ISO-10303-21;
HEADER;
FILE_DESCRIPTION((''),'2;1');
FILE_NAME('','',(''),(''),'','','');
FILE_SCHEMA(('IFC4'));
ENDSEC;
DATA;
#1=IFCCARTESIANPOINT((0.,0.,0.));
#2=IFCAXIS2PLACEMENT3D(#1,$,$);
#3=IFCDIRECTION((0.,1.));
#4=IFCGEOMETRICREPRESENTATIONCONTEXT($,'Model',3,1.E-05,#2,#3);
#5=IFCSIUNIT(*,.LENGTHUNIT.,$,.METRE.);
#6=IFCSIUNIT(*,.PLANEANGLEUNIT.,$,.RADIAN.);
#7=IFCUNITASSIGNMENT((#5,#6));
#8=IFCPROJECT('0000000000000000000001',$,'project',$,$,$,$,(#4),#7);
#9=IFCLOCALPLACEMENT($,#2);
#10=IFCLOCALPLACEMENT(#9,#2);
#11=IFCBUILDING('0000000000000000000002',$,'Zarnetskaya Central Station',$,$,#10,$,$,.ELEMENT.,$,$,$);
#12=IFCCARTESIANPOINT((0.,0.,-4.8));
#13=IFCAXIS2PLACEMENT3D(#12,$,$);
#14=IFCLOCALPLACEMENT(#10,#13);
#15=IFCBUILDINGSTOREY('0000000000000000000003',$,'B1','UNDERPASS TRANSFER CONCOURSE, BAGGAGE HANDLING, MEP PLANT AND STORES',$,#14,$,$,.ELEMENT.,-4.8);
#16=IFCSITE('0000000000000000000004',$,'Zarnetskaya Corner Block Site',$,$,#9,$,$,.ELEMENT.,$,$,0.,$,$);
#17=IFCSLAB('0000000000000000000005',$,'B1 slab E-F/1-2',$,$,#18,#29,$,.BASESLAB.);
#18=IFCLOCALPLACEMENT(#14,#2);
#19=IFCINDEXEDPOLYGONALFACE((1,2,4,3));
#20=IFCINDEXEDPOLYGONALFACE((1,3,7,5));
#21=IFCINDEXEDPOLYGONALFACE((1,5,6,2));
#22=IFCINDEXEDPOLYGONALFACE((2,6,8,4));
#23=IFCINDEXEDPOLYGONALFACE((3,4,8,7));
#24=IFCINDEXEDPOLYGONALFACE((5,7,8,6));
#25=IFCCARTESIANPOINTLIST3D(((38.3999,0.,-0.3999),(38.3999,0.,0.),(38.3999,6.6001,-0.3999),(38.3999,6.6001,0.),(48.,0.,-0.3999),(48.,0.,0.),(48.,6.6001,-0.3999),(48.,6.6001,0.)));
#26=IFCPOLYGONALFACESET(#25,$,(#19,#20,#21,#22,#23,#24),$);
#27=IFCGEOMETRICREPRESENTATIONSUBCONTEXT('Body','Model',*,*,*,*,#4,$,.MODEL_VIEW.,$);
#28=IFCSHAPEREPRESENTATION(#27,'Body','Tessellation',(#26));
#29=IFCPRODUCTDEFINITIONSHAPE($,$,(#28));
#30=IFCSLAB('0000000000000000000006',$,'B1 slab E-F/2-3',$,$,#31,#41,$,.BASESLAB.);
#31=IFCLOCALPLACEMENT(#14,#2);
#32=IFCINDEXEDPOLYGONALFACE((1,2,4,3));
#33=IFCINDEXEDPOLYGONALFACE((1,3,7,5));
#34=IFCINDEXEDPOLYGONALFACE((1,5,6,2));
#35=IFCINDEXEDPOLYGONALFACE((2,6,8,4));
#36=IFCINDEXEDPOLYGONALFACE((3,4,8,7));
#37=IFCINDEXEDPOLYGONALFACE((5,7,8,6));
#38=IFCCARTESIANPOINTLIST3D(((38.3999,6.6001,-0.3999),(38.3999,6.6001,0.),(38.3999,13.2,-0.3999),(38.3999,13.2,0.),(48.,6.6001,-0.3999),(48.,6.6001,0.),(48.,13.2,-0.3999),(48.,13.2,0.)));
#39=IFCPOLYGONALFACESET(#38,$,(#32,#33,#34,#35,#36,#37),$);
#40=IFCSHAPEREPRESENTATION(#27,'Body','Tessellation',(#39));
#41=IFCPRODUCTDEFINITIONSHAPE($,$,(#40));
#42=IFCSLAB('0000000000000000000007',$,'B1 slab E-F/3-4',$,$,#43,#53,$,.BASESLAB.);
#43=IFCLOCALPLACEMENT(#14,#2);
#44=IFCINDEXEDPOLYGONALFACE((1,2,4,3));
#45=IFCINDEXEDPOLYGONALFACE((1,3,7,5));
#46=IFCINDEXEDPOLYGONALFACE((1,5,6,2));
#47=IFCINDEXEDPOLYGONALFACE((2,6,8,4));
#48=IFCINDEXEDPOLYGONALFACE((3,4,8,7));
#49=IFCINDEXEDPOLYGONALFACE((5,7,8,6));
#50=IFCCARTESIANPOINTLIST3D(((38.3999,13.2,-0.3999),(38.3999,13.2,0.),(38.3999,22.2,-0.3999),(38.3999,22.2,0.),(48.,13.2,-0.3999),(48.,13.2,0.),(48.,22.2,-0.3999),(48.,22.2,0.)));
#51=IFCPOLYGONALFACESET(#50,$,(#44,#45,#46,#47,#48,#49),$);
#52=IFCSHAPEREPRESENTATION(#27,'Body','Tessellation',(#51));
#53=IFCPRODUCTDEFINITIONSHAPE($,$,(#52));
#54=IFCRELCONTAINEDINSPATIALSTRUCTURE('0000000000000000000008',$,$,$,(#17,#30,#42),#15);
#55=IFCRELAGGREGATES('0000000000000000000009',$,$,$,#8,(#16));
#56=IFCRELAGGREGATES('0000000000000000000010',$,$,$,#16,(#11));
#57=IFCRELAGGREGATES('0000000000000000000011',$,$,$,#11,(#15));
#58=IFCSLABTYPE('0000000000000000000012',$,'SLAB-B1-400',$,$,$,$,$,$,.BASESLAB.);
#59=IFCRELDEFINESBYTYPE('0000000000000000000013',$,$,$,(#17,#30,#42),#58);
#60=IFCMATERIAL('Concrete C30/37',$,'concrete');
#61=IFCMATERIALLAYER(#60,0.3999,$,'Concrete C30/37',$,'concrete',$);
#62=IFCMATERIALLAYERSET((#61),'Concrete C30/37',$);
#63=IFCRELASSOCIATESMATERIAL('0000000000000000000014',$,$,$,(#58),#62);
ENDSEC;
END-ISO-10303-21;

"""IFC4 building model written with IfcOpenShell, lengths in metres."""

from ifc_helpers import new_model, si_unit, direction, frame, origin, place, context, subcontext, project, spatial, polyline, outline, extrude, material, layer, layer_set, type_object, element, save


model = new_model("IFC4")

# Units and contexts
model_context = context("Model", 3, precision=1e-05, world=origin(), true_north=direction((0.0, 1.0)))
body_context = subcontext(model_context, "Body", "Model", "MODEL_VIEW")
ifc_project = project(units=[si_unit("LENGTHUNIT", "METRE"), si_unit("PLANEANGLEUNIT", "RADIAN")], contexts=[model_context])

# Site, building, storey
site_placement = place(None, origin())
site = spatial("IfcSite", under=ifc_project, at=site_placement, Name="Zarnetskaya Corner Block Site", CompositionType="ELEMENT", RefElevation=0.0)
building_placement = place(site_placement, origin())
building = spatial("IfcBuilding", under=site, at=building_placement, Name="Zarnetskaya Central Station", CompositionType="ELEMENT")
storey_placement = place(building_placement, frame((0.0, 0.0, -4.8)))
storey = spatial("IfcBuildingStorey", under=building, at=storey_placement, Name="B1", Description="UNDERPASS TRANSFER CONCOURSE, BAGGAGE HANDLING, MEP PLANT AND STORES", CompositionType="ELEMENT", Elevation=-4.8)

# Slabs
ifc_material_1 = material(Name="Concrete C30/37", Category="concrete")
ifc_layer = layer(ifc_material_1, 0.3999, Name="Concrete C30/37", Category="concrete")
ifc_layer_set = layer_set([ifc_layer], Name="Concrete C30/37")
slab_type = type_object("IfcSlabType", Name="SLAB-B1-400", PredefinedType="BASESLAB", material=ifc_layer_set)
slab_1_placement = place(storey_placement, frame((0.0, 0.0, -0.3999)))
element("IfcSlab", 1, at=slab_1_placement, inside=storey, type_object=slab_type, Name="B1 slab E-F/1-2", PredefinedType="BASESLAB", context=body_context, shape_type="SweptSolid", body=[
    extrude(outline(polyline([(38.3999, 0.0), (48.0, 0.0), (48.0, 6.6001), (38.3999, 6.6001), (38.3999, 0.0)])), origin(), (0.0, 0.0, 1.0), 0.3999),
])
slab_2_placement = place(storey_placement, frame((0.0, 0.0, -0.3999)))
element("IfcSlab", 2, at=slab_2_placement, inside=storey, type_object=slab_type, Name="B1 slab E-F/2-3", PredefinedType="BASESLAB", context=body_context, shape_type="SweptSolid", body=[
    extrude(outline(polyline([(38.3999, 6.6001), (48.0, 6.6001), (48.0, 13.2), (38.3999, 13.2), (38.3999, 6.6001)])), origin(), (0.0, 0.0, 1.0), 0.3999),
])
slab_3_placement = place(storey_placement, frame((0.0, 0.0, -0.3999)))
element("IfcSlab", 3, at=slab_3_placement, inside=storey, type_object=slab_type, Name="B1 slab E-F/3-4", PredefinedType="BASESLAB", context=body_context, shape_type="SweptSolid", body=[
    extrude(outline(polyline([(38.3999, 13.2), (48.0, 13.2), (48.0, 22.2), (38.3999, 22.2), (38.3999, 13.2)])), origin(), (0.0, 0.0, 1.0), 0.3999),
])

save(model, "model.ifc")
